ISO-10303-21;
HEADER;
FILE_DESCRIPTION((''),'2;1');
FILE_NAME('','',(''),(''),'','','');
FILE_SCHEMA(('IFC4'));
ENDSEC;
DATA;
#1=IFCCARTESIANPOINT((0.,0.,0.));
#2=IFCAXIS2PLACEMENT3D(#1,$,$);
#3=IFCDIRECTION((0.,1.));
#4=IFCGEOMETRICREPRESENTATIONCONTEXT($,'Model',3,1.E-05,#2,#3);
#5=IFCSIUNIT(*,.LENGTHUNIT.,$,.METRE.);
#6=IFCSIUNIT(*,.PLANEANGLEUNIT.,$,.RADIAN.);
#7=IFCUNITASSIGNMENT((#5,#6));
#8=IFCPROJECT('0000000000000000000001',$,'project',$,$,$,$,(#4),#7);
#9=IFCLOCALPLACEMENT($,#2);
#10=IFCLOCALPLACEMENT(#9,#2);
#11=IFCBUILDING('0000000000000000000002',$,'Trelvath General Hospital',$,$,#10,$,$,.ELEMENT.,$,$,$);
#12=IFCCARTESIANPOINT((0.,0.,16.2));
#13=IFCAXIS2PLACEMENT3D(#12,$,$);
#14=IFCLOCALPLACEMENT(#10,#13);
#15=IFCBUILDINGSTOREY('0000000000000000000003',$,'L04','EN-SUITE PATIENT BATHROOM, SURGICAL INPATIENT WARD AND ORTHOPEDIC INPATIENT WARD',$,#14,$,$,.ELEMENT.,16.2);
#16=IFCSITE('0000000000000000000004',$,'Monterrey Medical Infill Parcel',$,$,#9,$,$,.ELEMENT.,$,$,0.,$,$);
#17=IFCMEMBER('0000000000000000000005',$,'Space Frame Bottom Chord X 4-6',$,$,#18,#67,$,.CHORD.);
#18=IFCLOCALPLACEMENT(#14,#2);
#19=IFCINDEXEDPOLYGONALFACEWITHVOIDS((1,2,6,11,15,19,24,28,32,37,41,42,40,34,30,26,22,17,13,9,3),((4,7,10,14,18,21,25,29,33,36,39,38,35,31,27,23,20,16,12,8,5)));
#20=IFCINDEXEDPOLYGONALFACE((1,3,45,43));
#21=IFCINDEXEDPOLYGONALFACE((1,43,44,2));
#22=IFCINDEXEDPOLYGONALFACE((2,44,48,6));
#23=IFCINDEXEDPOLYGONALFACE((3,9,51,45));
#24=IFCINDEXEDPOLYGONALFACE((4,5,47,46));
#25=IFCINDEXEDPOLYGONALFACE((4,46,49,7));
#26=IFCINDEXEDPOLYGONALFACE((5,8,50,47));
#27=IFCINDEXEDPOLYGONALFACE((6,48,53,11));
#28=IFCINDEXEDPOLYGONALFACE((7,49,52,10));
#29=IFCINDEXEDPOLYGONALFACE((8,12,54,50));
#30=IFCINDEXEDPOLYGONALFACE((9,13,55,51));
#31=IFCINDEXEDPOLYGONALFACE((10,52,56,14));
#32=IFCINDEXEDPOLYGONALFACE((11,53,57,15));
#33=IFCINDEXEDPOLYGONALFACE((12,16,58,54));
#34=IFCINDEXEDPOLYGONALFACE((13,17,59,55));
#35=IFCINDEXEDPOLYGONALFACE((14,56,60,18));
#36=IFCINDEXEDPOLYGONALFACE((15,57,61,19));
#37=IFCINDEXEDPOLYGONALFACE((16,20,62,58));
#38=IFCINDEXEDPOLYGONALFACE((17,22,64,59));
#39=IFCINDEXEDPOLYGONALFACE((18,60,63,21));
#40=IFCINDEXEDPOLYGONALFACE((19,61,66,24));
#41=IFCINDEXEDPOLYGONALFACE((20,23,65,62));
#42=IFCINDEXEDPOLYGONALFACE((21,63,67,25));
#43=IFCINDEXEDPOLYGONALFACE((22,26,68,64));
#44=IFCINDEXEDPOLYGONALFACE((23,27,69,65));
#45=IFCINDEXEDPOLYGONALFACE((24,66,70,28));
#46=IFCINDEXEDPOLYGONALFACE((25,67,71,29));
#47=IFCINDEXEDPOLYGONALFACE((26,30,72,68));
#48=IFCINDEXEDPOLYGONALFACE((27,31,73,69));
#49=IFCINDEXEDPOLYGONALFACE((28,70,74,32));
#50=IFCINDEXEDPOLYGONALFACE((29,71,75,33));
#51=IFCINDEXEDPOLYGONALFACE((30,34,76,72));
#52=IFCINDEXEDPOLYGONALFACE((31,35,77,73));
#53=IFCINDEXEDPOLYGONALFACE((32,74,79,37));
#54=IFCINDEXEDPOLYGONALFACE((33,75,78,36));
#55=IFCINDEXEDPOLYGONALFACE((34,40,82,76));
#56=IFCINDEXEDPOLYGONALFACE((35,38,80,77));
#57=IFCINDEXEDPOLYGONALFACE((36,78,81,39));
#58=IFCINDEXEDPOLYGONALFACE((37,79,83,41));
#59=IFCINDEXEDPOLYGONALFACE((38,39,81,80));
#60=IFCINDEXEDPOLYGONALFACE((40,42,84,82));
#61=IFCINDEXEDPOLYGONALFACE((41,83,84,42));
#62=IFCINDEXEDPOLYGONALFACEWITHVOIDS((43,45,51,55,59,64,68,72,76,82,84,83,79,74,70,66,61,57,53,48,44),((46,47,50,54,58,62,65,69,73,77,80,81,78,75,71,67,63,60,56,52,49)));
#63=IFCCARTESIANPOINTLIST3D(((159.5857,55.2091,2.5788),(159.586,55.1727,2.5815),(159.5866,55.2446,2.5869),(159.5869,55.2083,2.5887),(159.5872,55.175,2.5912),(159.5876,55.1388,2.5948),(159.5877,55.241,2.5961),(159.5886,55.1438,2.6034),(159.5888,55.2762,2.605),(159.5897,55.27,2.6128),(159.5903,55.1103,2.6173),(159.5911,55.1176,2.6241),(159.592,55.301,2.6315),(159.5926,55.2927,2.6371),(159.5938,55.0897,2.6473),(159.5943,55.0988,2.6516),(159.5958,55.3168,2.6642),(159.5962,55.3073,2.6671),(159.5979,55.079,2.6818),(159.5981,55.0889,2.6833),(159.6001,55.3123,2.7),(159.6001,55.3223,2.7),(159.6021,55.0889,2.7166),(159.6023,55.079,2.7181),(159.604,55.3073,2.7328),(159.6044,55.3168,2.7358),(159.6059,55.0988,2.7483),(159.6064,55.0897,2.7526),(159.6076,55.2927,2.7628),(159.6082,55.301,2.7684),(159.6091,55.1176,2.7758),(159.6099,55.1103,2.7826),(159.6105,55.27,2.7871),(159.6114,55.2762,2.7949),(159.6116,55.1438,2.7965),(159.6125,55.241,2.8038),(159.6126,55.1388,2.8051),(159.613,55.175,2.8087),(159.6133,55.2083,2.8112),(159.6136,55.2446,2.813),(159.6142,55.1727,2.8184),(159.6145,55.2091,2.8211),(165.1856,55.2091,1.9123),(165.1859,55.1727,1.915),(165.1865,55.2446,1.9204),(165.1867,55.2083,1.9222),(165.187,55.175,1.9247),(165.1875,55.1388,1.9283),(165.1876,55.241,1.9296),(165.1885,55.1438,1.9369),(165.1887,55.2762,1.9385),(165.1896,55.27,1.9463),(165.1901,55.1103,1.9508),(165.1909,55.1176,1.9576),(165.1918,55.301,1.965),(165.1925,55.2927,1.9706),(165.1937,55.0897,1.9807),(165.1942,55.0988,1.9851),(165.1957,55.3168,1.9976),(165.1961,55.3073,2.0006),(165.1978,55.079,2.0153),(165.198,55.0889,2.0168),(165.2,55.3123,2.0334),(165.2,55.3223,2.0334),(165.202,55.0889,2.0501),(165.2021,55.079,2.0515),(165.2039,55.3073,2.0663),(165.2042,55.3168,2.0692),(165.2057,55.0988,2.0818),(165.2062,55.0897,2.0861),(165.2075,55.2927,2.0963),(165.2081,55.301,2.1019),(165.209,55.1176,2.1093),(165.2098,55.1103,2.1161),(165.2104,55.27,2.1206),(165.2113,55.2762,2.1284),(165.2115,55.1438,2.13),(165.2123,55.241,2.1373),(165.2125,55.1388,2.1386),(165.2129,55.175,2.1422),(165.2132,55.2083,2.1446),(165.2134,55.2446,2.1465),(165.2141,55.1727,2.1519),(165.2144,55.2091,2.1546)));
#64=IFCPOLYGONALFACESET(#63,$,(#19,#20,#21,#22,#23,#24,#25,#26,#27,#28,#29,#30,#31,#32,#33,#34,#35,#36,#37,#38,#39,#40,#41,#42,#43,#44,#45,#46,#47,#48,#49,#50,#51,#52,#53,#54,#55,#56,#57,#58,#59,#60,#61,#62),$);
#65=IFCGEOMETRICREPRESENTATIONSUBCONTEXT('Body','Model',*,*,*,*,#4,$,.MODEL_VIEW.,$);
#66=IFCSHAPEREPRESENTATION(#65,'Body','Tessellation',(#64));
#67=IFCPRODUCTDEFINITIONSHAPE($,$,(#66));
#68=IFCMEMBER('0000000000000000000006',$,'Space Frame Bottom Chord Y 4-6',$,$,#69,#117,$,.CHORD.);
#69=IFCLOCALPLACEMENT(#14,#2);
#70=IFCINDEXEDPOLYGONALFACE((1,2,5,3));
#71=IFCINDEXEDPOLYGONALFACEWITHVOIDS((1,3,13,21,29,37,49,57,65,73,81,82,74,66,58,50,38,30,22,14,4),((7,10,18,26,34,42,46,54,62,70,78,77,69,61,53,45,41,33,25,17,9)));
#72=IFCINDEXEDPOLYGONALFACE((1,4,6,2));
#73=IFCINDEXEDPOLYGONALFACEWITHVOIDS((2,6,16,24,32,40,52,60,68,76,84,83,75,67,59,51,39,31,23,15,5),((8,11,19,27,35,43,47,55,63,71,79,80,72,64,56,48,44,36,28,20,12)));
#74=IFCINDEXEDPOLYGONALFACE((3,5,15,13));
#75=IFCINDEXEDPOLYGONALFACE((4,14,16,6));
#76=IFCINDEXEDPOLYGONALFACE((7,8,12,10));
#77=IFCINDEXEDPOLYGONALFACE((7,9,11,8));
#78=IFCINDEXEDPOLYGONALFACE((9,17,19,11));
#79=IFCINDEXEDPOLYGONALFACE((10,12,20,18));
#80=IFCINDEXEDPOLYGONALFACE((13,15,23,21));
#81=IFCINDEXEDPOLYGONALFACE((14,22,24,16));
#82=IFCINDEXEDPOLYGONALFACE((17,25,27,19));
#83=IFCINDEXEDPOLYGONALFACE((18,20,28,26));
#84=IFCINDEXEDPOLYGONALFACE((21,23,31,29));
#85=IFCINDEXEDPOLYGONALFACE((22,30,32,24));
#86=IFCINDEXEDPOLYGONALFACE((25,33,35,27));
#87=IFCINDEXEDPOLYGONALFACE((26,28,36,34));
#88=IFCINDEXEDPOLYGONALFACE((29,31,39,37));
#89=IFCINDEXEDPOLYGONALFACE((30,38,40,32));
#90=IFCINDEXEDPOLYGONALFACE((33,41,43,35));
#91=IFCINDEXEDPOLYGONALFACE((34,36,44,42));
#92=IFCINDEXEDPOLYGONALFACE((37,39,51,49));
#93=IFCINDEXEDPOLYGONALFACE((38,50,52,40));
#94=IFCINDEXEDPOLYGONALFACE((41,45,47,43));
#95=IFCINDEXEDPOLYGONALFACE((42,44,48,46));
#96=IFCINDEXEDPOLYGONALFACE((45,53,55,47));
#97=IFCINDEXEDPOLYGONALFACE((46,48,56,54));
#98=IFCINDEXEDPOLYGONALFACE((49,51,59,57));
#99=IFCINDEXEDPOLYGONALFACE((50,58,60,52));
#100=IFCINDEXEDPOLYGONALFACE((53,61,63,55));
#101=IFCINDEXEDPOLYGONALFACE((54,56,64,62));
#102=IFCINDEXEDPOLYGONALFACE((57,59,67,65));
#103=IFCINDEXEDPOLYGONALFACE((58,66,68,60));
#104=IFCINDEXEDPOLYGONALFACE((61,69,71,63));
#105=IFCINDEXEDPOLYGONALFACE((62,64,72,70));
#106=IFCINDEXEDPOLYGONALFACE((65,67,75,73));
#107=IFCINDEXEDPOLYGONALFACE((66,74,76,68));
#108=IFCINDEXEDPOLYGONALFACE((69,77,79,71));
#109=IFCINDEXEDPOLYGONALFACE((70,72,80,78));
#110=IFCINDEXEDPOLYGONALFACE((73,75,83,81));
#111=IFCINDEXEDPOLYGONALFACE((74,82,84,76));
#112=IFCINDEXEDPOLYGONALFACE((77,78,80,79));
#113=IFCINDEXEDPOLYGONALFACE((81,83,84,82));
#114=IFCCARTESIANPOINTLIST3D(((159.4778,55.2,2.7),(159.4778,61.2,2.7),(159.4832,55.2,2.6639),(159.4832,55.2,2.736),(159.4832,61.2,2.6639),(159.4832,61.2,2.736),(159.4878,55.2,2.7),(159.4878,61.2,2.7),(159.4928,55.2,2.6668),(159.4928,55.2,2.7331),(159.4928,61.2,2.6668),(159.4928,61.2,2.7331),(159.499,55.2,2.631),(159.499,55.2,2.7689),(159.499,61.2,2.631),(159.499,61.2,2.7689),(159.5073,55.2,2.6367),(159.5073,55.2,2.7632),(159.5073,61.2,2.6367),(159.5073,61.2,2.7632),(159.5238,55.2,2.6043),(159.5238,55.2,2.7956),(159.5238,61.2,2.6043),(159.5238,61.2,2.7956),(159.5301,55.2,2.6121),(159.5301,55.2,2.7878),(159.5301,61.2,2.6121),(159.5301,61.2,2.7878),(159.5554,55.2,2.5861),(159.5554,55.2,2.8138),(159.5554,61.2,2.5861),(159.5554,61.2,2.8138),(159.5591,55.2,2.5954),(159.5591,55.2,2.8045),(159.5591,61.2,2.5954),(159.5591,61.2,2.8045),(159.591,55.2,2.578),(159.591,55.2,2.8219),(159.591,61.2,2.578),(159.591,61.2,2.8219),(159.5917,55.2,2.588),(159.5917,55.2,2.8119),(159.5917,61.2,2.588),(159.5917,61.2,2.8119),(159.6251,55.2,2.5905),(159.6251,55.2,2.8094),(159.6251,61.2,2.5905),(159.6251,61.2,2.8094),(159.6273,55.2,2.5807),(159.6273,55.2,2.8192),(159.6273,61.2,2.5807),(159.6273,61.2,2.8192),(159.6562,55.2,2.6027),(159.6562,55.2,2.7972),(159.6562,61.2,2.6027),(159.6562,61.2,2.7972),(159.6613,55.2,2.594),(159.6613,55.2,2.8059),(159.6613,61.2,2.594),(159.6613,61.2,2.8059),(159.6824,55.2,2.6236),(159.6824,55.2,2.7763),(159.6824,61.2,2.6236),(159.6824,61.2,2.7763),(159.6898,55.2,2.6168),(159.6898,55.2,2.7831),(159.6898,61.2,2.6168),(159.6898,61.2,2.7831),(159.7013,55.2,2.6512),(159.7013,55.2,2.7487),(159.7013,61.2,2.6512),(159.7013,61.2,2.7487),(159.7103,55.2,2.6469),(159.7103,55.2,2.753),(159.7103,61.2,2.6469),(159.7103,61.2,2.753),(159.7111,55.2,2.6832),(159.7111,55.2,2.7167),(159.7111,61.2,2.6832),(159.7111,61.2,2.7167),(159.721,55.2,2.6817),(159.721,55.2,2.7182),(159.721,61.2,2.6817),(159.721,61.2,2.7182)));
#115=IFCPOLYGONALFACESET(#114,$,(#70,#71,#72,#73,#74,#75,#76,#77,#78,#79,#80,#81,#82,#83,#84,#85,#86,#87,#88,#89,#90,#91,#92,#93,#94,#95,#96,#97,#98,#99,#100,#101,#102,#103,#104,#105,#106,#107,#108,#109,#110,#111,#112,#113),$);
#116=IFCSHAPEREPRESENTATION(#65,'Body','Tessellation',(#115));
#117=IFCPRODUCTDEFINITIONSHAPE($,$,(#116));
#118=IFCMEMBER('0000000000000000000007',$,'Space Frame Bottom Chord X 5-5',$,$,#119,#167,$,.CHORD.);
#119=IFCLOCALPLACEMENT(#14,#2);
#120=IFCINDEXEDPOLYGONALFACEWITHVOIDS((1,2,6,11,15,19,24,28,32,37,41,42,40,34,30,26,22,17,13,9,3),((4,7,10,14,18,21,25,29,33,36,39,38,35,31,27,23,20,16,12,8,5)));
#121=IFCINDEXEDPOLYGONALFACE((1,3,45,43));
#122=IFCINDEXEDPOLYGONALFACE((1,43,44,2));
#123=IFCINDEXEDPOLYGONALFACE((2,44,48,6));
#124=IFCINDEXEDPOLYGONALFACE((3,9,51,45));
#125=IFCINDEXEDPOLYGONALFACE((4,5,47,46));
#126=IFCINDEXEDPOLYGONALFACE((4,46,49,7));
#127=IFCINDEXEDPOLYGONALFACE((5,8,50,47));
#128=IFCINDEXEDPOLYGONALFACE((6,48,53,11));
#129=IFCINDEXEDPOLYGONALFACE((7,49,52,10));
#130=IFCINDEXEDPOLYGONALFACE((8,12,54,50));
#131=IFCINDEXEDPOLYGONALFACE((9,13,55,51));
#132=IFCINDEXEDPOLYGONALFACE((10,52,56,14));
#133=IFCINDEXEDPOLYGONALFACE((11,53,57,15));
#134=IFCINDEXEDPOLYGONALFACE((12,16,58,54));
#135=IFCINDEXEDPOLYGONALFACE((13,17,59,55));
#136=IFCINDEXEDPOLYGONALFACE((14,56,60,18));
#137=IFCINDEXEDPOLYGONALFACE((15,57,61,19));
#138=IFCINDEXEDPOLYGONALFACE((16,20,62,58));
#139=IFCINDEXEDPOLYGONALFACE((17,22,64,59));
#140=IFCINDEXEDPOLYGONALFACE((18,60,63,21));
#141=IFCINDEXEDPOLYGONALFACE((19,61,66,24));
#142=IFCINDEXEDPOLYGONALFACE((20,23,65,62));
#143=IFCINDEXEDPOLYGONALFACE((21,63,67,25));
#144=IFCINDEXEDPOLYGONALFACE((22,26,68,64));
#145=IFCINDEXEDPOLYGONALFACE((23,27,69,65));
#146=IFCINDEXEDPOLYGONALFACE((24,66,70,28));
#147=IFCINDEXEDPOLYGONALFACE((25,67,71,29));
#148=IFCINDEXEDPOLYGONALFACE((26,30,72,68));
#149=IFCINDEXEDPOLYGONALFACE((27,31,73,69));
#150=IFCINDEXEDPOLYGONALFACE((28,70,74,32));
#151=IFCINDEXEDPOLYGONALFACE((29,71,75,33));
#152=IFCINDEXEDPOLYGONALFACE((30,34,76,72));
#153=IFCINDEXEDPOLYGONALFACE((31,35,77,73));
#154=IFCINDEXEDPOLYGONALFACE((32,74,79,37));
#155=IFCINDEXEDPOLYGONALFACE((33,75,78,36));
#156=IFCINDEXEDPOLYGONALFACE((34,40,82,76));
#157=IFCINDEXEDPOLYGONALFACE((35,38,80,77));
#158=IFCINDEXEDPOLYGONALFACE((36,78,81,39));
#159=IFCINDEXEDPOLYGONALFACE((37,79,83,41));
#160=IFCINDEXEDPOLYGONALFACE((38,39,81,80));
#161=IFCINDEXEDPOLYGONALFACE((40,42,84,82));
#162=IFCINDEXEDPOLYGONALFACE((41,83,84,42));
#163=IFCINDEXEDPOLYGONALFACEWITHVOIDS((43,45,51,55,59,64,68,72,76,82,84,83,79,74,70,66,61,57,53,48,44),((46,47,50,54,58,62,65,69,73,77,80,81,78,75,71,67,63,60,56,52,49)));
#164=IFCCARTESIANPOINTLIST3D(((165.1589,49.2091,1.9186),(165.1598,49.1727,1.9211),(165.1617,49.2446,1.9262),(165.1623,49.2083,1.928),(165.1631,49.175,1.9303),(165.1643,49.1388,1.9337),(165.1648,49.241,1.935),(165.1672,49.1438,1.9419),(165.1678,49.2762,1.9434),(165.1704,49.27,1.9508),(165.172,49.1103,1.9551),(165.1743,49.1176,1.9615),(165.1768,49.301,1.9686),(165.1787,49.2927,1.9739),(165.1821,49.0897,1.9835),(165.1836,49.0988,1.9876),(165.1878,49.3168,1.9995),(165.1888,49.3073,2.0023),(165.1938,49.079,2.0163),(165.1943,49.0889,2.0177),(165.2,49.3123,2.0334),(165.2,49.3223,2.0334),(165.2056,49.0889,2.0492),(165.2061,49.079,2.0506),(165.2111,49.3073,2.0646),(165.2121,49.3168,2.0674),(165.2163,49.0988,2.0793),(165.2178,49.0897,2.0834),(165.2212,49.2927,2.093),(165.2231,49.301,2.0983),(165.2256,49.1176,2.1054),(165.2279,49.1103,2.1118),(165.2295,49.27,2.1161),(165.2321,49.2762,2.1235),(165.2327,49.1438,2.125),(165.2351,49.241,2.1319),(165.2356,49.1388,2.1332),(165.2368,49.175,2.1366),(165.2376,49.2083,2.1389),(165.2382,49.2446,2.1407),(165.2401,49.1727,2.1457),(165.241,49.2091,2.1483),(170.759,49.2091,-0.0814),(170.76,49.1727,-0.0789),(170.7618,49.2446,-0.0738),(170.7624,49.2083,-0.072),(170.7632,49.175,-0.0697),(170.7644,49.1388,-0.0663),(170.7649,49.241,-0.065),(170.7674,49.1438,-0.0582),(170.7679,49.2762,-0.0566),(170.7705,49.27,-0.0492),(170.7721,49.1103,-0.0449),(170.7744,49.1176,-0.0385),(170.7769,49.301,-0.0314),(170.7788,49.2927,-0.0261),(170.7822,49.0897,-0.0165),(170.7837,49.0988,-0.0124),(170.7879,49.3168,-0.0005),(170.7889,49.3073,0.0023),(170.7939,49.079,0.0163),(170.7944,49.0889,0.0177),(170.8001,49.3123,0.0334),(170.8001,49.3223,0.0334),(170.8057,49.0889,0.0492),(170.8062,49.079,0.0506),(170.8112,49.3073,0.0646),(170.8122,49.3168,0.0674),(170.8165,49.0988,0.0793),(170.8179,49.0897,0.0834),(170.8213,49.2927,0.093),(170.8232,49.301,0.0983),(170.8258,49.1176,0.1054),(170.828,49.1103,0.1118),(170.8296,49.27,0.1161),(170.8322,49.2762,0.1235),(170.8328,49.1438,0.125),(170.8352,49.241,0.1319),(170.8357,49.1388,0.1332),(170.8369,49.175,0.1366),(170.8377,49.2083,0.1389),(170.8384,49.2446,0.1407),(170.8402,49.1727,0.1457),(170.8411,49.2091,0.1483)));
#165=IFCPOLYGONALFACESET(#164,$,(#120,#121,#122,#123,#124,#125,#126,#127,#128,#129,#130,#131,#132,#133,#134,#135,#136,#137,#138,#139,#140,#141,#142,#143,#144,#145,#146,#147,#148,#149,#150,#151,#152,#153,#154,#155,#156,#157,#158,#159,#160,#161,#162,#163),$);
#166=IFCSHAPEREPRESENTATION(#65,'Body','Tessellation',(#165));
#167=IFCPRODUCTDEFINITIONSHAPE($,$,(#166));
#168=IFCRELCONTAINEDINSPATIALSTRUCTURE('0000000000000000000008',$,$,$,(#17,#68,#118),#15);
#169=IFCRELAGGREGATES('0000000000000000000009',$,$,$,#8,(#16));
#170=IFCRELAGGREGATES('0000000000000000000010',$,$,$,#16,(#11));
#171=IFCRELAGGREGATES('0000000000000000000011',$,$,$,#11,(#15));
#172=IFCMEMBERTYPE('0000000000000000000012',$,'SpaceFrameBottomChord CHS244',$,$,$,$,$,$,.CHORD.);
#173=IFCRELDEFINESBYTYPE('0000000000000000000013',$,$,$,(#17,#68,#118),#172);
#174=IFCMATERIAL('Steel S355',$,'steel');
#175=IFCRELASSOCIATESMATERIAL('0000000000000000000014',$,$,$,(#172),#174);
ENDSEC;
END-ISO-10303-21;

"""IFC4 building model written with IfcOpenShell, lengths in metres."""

from ifc_helpers import new_model, si_unit, direction, frame, origin, origin_2d, place, context, subcontext, project, spatial, hollow_circle, extrude, material, material_profile, profile_set, type_object, element, save


model = new_model("IFC4")

# Units and contexts
model_context = context("Model", 3, precision=1e-05, world=origin(), true_north=direction((0.0, 1.0)))
body_context = subcontext(model_context, "Body", "Model", "MODEL_VIEW")
ifc_project = project(units=[si_unit("LENGTHUNIT", "METRE"), si_unit("PLANEANGLEUNIT", "RADIAN")], contexts=[model_context])

# Site, building, storey
site_placement = place(None, origin())
site = spatial("IfcSite", under=ifc_project, at=site_placement, Name="Monterrey Medical Infill Parcel", CompositionType="ELEMENT", RefElevation=0.0)
building_placement = place(site_placement, origin())
building = spatial("IfcBuilding", under=site, at=building_placement, Name="Trelvath General Hospital", CompositionType="ELEMENT")
storey_placement = place(building_placement, frame((0.0, 0.0, 16.2)))
storey = spatial("IfcBuildingStorey", under=building, at=storey_placement, Name="L04", Description="EN-SUITE PATIENT BATHROOM, SURGICAL INPATIENT WARD AND ORTHOPEDIC INPATIENT WARD", CompositionType="ELEMENT", Elevation=16.2)

# Members
ifc_material_1 = material(Name="Steel S355", Category="steel")
ifc_material_profile_1 = material_profile(ifc_material_1, hollow_circle(Radius=0.1223, WallThickness=0.01, at=origin_2d()), Name="CHS244.5x10.0")
ifc_profile_set_1 = profile_set([ifc_material_profile_1], Name="Steel S355")
member_type_1 = type_object("IfcMemberType", Name="SpaceFrameBottomChord CHS244", PredefinedType="CHORD", material=ifc_profile_set_1)
member_1_placement = place(storey_placement, frame((159.6001, 55.2, 2.7), z_axis=(0.992991, 0.0, -0.118187), x_axis=(0.0, 1.0, 0.0)))
element("IfcMember", 1, at=member_1_placement, inside=storey, type_object=member_type_1, Name="Space Frame Bottom Chord X 4-6", PredefinedType="CHORD", context=body_context, shape_type="SweptSolid", body=[
    extrude(hollow_circle(Radius=0.1223, WallThickness=0.01, at=origin_2d()), origin(), (0.0, 0.0, 1.0), 5.6394),
])
member_2_placement = place(storey_placement, frame((159.6001, 55.2, 2.7), z_axis=(0.0, 1.0, 0.0), x_axis=(-1.0, 0.0, 0.0)))
element("IfcMember", 2, at=member_2_placement, inside=storey, type_object=member_type_1, Name="Space Frame Bottom Chord Y 4-6", PredefinedType="CHORD", context=body_context, shape_type="SweptSolid", body=[
    extrude(hollow_circle(Radius=0.1223, WallThickness=0.01, at=origin_2d()), origin(), (0.0, 0.0, 1.0), 6.0),
])
member_3_placement = place(storey_placement, frame((165.2, 49.2, 2.0334), z_axis=(0.941744, 0.0, -0.336331), x_axis=(0.0, 1.0, 0.0)))
element("IfcMember", 3, at=member_3_placement, inside=storey, type_object=member_type_1, Name="Space Frame Bottom Chord X 5-5", PredefinedType="CHORD", context=body_context, shape_type="SweptSolid", body=[
    extrude(hollow_circle(Radius=0.1223, WallThickness=0.01, at=origin_2d()), origin(), (0.0, 0.0, 1.0), 5.9465),
])

save(model, "model.ifc")
